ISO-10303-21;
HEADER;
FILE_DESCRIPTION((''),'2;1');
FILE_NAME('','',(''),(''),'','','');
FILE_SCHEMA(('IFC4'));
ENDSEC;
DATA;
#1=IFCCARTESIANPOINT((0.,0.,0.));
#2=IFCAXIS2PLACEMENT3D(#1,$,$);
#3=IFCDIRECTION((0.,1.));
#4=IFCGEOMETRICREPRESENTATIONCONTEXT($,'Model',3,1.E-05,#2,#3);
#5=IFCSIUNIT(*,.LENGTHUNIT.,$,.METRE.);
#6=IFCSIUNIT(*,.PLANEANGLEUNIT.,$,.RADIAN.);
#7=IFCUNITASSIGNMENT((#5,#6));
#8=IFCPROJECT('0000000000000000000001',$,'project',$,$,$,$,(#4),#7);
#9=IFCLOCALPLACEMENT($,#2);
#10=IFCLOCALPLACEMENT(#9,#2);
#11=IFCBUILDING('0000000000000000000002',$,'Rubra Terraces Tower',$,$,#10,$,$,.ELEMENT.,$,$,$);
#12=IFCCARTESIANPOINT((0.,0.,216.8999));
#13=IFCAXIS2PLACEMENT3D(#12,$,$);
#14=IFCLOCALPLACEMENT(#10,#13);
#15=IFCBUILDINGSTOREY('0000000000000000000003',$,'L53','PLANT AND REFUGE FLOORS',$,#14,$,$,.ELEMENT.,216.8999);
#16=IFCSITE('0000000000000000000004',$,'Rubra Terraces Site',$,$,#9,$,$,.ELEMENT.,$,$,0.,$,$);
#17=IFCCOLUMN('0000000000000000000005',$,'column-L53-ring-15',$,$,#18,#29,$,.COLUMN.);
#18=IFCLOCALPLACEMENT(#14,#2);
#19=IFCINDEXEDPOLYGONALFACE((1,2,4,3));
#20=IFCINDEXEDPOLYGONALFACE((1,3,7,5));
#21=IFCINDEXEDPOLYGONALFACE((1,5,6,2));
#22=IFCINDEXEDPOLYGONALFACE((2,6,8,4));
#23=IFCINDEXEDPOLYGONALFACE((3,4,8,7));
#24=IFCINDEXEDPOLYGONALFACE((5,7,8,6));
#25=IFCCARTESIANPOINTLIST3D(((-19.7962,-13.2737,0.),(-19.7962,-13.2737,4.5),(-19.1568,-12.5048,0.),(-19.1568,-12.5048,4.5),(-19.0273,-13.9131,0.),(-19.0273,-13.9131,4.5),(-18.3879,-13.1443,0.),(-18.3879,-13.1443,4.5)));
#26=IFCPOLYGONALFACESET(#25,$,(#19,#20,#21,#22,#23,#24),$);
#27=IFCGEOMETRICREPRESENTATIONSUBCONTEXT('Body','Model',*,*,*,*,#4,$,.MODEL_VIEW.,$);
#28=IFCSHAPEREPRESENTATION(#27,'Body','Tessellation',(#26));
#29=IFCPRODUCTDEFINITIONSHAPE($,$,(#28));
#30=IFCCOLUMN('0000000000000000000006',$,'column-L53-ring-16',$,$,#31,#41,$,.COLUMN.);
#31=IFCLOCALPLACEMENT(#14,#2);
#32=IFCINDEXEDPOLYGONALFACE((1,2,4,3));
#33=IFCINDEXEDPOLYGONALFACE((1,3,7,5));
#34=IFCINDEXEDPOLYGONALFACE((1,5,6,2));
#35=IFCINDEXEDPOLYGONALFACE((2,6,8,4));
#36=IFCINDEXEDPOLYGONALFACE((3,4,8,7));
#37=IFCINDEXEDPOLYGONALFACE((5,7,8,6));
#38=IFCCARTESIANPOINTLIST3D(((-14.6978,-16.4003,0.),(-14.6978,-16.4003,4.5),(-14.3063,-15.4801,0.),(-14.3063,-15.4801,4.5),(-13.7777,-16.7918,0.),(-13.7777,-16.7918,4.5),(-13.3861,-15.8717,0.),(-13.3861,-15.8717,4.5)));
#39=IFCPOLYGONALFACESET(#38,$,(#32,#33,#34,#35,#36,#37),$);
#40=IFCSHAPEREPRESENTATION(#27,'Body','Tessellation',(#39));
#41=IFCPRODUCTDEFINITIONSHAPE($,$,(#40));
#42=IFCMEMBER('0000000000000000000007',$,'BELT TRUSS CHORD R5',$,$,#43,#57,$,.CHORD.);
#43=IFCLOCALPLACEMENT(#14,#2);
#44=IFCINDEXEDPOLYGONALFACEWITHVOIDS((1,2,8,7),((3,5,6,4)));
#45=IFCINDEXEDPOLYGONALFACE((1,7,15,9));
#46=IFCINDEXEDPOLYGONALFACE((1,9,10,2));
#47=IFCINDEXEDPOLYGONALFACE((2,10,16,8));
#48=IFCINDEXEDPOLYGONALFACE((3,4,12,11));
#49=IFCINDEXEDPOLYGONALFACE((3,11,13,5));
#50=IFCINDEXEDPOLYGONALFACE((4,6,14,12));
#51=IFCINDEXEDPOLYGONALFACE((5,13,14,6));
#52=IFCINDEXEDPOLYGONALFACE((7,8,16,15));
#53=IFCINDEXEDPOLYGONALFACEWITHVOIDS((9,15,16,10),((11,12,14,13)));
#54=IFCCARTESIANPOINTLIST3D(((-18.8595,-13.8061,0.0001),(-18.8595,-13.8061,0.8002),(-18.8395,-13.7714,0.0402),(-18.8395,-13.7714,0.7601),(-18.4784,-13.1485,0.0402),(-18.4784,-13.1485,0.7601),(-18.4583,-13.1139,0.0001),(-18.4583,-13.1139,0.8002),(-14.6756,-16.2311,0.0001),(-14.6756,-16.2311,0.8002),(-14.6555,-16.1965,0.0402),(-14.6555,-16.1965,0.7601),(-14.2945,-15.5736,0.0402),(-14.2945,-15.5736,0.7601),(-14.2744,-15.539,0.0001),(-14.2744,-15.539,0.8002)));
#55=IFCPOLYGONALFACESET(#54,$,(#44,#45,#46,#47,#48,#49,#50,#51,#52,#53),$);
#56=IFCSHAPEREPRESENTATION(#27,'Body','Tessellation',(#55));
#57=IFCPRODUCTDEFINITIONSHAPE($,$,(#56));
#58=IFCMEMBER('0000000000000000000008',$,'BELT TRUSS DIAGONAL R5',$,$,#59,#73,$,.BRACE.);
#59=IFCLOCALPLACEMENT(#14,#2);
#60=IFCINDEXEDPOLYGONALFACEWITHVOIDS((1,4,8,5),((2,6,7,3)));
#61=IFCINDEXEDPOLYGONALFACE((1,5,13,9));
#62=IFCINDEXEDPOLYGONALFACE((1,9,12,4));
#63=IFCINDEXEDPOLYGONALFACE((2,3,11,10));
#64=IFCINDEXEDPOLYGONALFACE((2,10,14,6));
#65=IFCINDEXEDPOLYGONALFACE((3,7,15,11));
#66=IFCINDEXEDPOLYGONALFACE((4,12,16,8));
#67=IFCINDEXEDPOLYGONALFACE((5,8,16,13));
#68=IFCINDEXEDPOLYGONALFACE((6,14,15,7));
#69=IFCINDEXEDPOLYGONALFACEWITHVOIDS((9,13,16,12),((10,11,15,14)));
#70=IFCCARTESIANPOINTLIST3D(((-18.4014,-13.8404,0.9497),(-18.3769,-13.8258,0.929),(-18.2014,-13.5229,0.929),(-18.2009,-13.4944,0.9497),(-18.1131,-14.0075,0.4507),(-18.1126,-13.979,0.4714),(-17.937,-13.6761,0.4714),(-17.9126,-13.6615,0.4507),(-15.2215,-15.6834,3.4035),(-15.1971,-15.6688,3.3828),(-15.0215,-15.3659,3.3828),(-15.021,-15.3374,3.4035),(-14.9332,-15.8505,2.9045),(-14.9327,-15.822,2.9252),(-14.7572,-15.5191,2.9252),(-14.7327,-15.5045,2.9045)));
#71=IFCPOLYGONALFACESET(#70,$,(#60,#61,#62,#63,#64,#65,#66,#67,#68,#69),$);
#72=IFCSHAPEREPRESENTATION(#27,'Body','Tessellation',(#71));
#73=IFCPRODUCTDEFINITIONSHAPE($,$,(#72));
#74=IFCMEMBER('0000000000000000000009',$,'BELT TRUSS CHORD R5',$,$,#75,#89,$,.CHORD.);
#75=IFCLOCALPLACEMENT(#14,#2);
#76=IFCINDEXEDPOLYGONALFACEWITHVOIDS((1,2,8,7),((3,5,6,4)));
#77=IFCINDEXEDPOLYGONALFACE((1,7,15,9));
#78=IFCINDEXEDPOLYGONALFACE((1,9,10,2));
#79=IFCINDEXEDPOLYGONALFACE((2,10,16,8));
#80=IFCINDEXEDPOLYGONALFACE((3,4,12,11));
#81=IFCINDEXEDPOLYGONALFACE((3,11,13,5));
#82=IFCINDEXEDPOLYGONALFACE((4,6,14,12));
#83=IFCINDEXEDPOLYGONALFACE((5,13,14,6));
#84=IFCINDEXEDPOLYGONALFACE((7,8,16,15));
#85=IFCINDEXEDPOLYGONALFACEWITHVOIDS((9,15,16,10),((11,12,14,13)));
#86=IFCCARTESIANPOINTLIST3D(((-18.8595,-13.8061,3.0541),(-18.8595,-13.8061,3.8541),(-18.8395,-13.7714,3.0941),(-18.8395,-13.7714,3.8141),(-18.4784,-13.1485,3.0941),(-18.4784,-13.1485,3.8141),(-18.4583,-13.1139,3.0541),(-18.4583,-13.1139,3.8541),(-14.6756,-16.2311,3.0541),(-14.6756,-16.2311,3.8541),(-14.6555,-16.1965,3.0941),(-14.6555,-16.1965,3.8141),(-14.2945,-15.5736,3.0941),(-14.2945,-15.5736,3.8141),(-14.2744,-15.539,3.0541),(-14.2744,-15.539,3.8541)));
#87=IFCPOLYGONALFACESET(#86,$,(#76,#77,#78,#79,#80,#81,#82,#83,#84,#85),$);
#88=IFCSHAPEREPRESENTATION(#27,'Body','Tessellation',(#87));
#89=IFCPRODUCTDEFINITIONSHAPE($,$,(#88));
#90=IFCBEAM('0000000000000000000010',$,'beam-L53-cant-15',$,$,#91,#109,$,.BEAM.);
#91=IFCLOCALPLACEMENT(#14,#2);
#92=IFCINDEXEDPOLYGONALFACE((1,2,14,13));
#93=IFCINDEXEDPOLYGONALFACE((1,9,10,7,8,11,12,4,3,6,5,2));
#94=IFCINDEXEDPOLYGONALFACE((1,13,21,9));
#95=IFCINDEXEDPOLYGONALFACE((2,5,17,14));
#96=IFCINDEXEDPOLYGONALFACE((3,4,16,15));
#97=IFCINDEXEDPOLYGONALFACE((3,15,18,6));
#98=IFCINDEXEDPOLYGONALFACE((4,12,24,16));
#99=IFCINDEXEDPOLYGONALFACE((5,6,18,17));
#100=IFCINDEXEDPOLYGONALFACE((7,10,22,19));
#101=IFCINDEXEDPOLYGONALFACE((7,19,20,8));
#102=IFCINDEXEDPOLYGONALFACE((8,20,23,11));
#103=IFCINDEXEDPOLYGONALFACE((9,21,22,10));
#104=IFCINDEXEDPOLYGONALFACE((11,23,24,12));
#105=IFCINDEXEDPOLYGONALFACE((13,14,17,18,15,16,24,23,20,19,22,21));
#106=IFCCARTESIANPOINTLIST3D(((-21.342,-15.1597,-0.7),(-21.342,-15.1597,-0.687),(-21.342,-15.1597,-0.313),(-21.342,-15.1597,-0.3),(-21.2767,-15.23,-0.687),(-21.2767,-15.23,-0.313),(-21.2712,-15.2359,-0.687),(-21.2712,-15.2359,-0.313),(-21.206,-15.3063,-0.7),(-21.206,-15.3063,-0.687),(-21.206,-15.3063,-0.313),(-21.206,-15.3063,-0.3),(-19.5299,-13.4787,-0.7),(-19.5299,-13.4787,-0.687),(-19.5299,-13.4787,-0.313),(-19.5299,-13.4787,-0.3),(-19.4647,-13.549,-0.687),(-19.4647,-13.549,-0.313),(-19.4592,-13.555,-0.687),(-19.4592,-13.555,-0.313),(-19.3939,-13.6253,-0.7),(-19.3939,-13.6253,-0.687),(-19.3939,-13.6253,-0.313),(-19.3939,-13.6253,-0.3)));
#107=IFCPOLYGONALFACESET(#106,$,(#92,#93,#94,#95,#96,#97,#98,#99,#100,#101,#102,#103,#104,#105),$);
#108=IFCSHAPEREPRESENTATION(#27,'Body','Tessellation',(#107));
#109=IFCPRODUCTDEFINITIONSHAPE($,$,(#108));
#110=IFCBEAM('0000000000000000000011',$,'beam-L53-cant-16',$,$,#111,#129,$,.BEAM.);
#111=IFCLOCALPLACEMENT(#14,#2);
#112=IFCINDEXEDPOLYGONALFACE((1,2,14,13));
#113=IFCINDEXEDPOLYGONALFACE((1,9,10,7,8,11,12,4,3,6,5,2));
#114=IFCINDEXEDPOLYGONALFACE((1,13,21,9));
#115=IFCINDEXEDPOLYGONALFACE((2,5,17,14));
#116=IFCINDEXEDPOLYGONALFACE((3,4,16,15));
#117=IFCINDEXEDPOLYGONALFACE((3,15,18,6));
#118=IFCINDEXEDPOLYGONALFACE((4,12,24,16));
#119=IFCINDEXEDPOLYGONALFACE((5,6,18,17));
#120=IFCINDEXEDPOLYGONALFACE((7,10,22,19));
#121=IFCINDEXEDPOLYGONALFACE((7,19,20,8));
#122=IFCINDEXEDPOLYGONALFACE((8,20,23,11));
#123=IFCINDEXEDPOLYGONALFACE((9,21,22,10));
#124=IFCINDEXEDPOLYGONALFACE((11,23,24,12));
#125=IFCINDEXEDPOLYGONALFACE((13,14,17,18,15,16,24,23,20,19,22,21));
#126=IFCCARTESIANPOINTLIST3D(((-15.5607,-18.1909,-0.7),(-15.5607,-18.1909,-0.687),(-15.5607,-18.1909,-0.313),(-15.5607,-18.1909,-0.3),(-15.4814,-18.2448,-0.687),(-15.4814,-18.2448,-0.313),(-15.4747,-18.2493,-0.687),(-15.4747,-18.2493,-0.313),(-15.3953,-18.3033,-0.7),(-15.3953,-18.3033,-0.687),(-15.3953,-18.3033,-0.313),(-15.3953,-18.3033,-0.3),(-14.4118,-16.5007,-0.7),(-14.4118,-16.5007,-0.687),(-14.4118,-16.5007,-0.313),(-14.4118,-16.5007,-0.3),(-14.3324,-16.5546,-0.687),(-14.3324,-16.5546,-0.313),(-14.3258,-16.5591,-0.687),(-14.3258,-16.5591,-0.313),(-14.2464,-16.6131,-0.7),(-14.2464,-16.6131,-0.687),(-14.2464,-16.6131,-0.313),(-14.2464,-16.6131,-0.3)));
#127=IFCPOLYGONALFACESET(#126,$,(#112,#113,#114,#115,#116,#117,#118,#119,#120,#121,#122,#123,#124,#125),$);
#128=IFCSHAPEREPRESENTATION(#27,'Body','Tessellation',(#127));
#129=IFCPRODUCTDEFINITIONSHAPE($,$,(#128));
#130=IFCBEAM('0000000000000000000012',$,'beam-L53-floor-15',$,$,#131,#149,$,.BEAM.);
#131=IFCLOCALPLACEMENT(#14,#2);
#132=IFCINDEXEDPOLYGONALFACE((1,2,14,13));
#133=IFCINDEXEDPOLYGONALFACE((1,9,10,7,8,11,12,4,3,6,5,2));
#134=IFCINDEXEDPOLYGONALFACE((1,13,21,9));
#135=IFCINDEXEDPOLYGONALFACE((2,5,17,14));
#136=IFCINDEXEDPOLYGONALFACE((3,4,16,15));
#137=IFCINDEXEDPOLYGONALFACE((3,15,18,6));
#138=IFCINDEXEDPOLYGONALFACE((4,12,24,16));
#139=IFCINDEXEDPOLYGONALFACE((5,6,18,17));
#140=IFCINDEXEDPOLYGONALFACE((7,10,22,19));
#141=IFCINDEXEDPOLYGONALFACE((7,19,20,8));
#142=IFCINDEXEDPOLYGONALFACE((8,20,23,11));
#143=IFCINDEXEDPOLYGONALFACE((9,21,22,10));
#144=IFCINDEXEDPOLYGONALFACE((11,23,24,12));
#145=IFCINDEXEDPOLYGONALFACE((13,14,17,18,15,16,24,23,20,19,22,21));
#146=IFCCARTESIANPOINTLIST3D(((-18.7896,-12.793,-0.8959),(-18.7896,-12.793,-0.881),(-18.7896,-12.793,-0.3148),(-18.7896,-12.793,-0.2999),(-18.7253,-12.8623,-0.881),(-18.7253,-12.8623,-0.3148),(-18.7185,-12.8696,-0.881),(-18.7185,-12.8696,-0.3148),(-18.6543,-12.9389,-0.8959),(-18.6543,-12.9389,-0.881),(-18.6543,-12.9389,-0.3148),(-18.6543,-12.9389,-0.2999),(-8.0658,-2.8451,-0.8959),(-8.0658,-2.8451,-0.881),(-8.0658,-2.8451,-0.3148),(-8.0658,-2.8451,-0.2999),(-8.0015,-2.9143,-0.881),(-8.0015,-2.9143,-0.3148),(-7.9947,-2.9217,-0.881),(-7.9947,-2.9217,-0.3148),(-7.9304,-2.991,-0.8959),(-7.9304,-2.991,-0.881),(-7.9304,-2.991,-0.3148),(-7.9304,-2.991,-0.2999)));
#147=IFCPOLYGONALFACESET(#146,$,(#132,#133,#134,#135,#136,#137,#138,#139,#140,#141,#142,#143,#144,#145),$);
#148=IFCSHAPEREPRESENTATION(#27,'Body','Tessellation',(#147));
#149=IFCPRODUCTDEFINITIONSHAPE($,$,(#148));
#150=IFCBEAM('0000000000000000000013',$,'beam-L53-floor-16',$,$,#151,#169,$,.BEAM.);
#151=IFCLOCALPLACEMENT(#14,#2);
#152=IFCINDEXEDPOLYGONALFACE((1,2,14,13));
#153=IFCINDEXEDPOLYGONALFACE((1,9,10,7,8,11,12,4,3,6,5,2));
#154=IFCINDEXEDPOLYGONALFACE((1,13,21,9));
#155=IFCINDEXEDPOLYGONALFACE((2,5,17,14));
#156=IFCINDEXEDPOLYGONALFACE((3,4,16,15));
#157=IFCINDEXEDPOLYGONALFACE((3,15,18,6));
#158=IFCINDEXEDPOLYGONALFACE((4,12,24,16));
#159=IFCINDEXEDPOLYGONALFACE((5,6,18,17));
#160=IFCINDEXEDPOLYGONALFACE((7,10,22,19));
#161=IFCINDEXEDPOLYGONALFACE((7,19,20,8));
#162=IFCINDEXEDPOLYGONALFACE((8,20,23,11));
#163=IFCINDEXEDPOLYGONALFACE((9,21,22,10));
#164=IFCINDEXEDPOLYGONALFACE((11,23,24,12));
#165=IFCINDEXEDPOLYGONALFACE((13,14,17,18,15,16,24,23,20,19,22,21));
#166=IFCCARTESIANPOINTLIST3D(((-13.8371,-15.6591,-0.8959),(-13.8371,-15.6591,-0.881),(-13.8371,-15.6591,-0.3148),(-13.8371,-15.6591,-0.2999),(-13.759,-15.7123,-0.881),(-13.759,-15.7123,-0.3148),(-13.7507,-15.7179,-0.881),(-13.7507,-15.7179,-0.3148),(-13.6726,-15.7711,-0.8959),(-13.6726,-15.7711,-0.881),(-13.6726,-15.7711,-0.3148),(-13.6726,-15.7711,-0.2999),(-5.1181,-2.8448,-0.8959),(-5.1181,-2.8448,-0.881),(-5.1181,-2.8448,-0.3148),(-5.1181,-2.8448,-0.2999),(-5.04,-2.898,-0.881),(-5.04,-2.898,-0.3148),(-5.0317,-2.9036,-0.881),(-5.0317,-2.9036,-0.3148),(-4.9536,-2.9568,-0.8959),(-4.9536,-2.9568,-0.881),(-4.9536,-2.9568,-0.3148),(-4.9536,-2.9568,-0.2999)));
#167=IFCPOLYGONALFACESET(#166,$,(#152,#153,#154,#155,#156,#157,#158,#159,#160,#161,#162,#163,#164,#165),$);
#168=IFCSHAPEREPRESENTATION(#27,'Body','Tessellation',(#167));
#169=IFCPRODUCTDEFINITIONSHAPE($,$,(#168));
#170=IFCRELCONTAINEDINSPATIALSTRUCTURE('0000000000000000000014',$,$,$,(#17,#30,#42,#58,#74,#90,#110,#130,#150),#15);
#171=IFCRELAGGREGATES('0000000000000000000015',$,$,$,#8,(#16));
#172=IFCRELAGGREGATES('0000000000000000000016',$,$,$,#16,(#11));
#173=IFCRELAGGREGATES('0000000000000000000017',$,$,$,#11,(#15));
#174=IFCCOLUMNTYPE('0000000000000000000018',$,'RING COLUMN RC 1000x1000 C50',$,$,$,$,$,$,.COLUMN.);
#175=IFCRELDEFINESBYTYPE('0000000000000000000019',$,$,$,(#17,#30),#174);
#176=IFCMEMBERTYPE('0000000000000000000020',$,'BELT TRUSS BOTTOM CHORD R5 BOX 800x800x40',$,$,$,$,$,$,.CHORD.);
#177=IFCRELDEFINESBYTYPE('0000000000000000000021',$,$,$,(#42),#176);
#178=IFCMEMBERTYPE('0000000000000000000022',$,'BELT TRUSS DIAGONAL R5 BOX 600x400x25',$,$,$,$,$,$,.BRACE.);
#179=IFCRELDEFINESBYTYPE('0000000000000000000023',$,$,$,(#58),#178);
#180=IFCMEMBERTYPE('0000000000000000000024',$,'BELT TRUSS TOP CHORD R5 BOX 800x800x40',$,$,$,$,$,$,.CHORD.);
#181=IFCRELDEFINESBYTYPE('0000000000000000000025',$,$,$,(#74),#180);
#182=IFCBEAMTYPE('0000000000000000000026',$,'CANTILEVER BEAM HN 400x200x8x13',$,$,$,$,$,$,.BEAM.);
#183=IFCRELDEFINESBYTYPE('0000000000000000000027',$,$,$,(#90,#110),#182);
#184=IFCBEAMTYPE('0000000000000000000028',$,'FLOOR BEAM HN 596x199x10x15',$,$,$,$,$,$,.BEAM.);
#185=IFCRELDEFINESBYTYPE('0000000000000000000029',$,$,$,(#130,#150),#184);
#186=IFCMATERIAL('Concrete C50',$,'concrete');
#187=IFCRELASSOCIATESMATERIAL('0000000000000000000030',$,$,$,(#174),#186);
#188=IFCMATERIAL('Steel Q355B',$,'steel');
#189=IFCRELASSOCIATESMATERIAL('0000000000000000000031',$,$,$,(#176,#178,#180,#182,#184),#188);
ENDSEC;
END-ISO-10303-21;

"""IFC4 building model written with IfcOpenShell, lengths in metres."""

from ifc_helpers import new_model, si_unit, direction, frame, origin, origin_2d, place, context, subcontext, project, spatial, rectangle, hollow_rectangle, i_section, extrude, material, material_profile, profile_set, type_object, element, save


model = new_model("IFC4")

# Units and contexts
model_context = context("Model", 3, precision=1e-05, world=origin(), true_north=direction((0.0, 1.0)))
body_context = subcontext(model_context, "Body", "Model", "MODEL_VIEW")
ifc_project = project(units=[si_unit("LENGTHUNIT", "METRE"), si_unit("PLANEANGLEUNIT", "RADIAN")], contexts=[model_context])

# Site, building, storey
site_placement = place(None, origin())
site = spatial("IfcSite", under=ifc_project, at=site_placement, Name="Rubra Terraces Site", CompositionType="ELEMENT", RefElevation=0.0)
building_placement = place(site_placement, origin())
building = spatial("IfcBuilding", under=site, at=building_placement, Name="Rubra Terraces Tower", CompositionType="ELEMENT")
storey_placement = place(building_placement, frame((0.0, 0.0, 216.8999)))
storey = spatial("IfcBuildingStorey", under=building, at=storey_placement, Name="L53", Description="PLANT AND REFUGE FLOORS", CompositionType="ELEMENT", Elevation=216.8999)

# Columns
ifc_material_1 = material(Name="Concrete C50", Category="concrete")
ifc_material_profile_1 = material_profile(ifc_material_1, rectangle(XDim=1.0, YDim=1.0, at=origin_2d()), Name="RC 1000x1000")
ifc_profile_set_1 = profile_set([ifc_material_profile_1], Name="Concrete C50")
column_type = type_object("IfcColumnType", Name="RING COLUMN RC 1000x1000 C50", PredefinedType="COLUMN", material=ifc_profile_set_1)
for number, where, z_axis, x_axis, name in (
    (1, (-19.092, -13.209, 0.0), (0.0, 0.0, 1.0), (0.76887, -0.639405, 0.0), "column-L53-ring-15"),
    (2, (-14.042, -16.136, 0.0), (0.0, 0.0, 1.0), (0.920168, -0.391524, 0.0), "column-L53-ring-16"),
):
    element("IfcColumn", number, at=place(storey_placement, frame(where, z_axis=z_axis, x_axis=x_axis)), inside=storey, type_object=column_type, Name=name, PredefinedType="COLUMN", context=body_context, shape_type="SweptSolid", body=[
        extrude(rectangle(XDim=1.0, YDim=1.0, at=origin_2d()), origin(), (0.0, 0.0, 1.0), 4.5),
    ])

# Members
ifc_material_2 = material(Name="Steel Q355B", Category="steel")
ifc_material_profile_2 = material_profile(ifc_material_2, hollow_rectangle(XDim=0.8, YDim=0.8, WallThickness=0.04, at=origin_2d()), Name="BOX 800x800x40")
ifc_profile_set_2 = profile_set([ifc_material_profile_2], Name="Steel Q355B")
member_type_1 = type_object("IfcMemberType", Name="BELT TRUSS BOTTOM CHORD R5 BOX 800x800x40", PredefinedType="CHORD", material=ifc_profile_set_2)
member_1_placement = place(storey_placement, frame((-18.6589, -13.46, 0.4001), z_axis=(0.865173, -0.501474, 0.0), x_axis=(0.501474, 0.865173, 0.0)))
element("IfcMember", 3, at=member_1_placement, inside=storey, type_object=member_type_1, Name="BELT TRUSS CHORD R5", PredefinedType="CHORD", context=body_context, shape_type="SweptSolid", body=[
    extrude(hollow_rectangle(XDim=0.8, YDim=0.8, WallThickness=0.04, at=origin_2d()), origin(), (0.0, 0.0, 1.0), 4.8359),
])
ifc_material_profile_3 = material_profile(ifc_material_2, hollow_rectangle(XDim=0.3999, YDim=0.6001, WallThickness=0.0249, at=origin_2d()), Name="BOX 600x400x25")
ifc_profile_set_3 = profile_set([ifc_material_profile_3], Name="Steel Q355B")
member_type_2 = type_object("IfcMemberType", Name="BELT TRUSS DIAGONAL R5 BOX 600x400x25", PredefinedType="BRACE", material=ifc_profile_set_3)
member_2_placement = place(storey_placement, frame((-18.157, -13.751, 0.7002), z_axis=(0.719558, -0.41704, 0.555261), x_axis=(0.501445, 0.86519, 0.0)))
element("IfcMember", 4, at=member_2_placement, inside=storey, type_object=member_type_2, Name="BELT TRUSS DIAGONAL R5", PredefinedType="BRACE", context=body_context, shape_type="SweptSolid", body=[
    extrude(hollow_rectangle(XDim=0.3999, YDim=0.6001, WallThickness=0.0249, at=origin_2d()), origin(), (0.0, 0.0, 1.0), 4.4192),
])
ifc_material_profile_4 = material_profile(ifc_material_2, hollow_rectangle(XDim=0.8, YDim=0.8, WallThickness=0.04, at=origin_2d()), Name="BOX 800x800x40")
ifc_profile_set_4 = profile_set([ifc_material_profile_4], Name="Steel Q355B")
member_type_3 = type_object("IfcMemberType", Name="BELT TRUSS TOP CHORD R5 BOX 800x800x40", PredefinedType="CHORD", material=ifc_profile_set_4)
member_3_placement = place(storey_placement, frame((-18.6589, -13.46, 3.4541), z_axis=(0.865173, -0.501474, 0.0), x_axis=(0.501474, 0.865173, 0.0)))
element("IfcMember", 5, at=member_3_placement, inside=storey, type_object=member_type_3, Name="BELT TRUSS CHORD R5", PredefinedType="CHORD", context=body_context, shape_type="SweptSolid", body=[
    extrude(hollow_rectangle(XDim=0.8, YDim=0.8, WallThickness=0.04, at=origin_2d()), origin(), (0.0, 0.0, 1.0), 4.8359),
])

# Beams
ifc_material_profile_5 = material_profile(ifc_material_2, i_section(OverallWidth=0.2, OverallDepth=0.3999, WebThickness=0.0081, FlangeThickness=0.0129, at=origin_2d()), Name="HN 400x200x8x13")
ifc_profile_set_5 = profile_set([ifc_material_profile_5], Name="Steel Q355B")
beam_type_1 = type_object("IfcBeamType", Name="CANTILEVER BEAM HN 400x200x8x13", PredefinedType="BEAM", material=ifc_profile_set_5)
beam_1_placement = place(storey_placement, frame((-19.4619, -13.552, -0.5), z_axis=(-0.733131, -0.680087, 0.0), x_axis=(0.680087, -0.733131, 0.0)))
element("IfcBeam", 6, at=beam_1_placement, inside=storey, type_object=beam_type_1, Name="beam-L53-cant-15", PredefinedType="BEAM", context=body_context, shape_type="SweptSolid", body=[
    extrude(i_section(OverallWidth=0.2, OverallDepth=0.3999, WebThickness=0.0081, FlangeThickness=0.0129, at=origin_2d()), origin(), (0.0, 0.0, 1.0), 2.4717),
])
beam_2_placement = place(storey_placement, frame((-14.3291, -16.5569, -0.5), z_axis=(-0.562176, -0.827018, 0.0), x_axis=(0.827018, -0.562176, 0.0)))
element("IfcBeam", 7, at=beam_2_placement, inside=storey, type_object=beam_type_1, Name="beam-L53-cant-16", PredefinedType="BEAM", context=body_context, shape_type="SweptSolid", body=[
    extrude(i_section(OverallWidth=0.2, OverallDepth=0.3999, WebThickness=0.0081, FlangeThickness=0.0129, at=origin_2d()), origin(), (0.0, 0.0, 1.0), 2.0437),
])
ifc_material_profile_6 = material_profile(ifc_material_2, i_section(OverallWidth=0.199, OverallDepth=0.5959, WebThickness=0.01, FlangeThickness=0.0149, at=origin_2d()), Name="HN 596x199x10x15")
ifc_profile_set_6 = profile_set([ifc_material_profile_6], Name="Steel Q355B")
beam_type_2 = type_object("IfcBeamType", Name="FLOOR BEAM HN 596x199x10x15", PredefinedType="BEAM", material=ifc_profile_set_6)
beam_3_placement = place(storey_placement, frame((-18.7219, -12.866, -0.5979), z_axis=(0.73313, 0.680088, 0.0), x_axis=(-0.680088, 0.73313, 0.0)))
element("IfcBeam", 8, at=beam_3_placement, inside=storey, type_object=beam_type_2, Name="beam-L53-floor-15", PredefinedType="BEAM", context=body_context, shape_type="SweptSolid", body=[
    extrude(i_section(OverallWidth=0.199, OverallDepth=0.5959, WebThickness=0.01, FlangeThickness=0.0149, at=origin_2d()), origin(), (0.0, 0.0, 1.0), 14.6274),
])
beam_4_placement = place(storey_placement, frame((-13.7549, -15.7151, -0.5979), z_axis=(0.562545, 0.826767, 0.0), x_axis=(-0.826767, 0.562545, 0.0)))
element("IfcBeam", 9, at=beam_4_placement, inside=storey, type_object=beam_type_2, Name="beam-L53-floor-16", PredefinedType="BEAM", context=body_context, shape_type="SweptSolid", body=[
    extrude(i_section(OverallWidth=0.199, OverallDepth=0.5959, WebThickness=0.01, FlangeThickness=0.0149, at=origin_2d()), origin(), (0.0, 0.0, 1.0), 15.4993),
])

save(model, "model.ifc")
